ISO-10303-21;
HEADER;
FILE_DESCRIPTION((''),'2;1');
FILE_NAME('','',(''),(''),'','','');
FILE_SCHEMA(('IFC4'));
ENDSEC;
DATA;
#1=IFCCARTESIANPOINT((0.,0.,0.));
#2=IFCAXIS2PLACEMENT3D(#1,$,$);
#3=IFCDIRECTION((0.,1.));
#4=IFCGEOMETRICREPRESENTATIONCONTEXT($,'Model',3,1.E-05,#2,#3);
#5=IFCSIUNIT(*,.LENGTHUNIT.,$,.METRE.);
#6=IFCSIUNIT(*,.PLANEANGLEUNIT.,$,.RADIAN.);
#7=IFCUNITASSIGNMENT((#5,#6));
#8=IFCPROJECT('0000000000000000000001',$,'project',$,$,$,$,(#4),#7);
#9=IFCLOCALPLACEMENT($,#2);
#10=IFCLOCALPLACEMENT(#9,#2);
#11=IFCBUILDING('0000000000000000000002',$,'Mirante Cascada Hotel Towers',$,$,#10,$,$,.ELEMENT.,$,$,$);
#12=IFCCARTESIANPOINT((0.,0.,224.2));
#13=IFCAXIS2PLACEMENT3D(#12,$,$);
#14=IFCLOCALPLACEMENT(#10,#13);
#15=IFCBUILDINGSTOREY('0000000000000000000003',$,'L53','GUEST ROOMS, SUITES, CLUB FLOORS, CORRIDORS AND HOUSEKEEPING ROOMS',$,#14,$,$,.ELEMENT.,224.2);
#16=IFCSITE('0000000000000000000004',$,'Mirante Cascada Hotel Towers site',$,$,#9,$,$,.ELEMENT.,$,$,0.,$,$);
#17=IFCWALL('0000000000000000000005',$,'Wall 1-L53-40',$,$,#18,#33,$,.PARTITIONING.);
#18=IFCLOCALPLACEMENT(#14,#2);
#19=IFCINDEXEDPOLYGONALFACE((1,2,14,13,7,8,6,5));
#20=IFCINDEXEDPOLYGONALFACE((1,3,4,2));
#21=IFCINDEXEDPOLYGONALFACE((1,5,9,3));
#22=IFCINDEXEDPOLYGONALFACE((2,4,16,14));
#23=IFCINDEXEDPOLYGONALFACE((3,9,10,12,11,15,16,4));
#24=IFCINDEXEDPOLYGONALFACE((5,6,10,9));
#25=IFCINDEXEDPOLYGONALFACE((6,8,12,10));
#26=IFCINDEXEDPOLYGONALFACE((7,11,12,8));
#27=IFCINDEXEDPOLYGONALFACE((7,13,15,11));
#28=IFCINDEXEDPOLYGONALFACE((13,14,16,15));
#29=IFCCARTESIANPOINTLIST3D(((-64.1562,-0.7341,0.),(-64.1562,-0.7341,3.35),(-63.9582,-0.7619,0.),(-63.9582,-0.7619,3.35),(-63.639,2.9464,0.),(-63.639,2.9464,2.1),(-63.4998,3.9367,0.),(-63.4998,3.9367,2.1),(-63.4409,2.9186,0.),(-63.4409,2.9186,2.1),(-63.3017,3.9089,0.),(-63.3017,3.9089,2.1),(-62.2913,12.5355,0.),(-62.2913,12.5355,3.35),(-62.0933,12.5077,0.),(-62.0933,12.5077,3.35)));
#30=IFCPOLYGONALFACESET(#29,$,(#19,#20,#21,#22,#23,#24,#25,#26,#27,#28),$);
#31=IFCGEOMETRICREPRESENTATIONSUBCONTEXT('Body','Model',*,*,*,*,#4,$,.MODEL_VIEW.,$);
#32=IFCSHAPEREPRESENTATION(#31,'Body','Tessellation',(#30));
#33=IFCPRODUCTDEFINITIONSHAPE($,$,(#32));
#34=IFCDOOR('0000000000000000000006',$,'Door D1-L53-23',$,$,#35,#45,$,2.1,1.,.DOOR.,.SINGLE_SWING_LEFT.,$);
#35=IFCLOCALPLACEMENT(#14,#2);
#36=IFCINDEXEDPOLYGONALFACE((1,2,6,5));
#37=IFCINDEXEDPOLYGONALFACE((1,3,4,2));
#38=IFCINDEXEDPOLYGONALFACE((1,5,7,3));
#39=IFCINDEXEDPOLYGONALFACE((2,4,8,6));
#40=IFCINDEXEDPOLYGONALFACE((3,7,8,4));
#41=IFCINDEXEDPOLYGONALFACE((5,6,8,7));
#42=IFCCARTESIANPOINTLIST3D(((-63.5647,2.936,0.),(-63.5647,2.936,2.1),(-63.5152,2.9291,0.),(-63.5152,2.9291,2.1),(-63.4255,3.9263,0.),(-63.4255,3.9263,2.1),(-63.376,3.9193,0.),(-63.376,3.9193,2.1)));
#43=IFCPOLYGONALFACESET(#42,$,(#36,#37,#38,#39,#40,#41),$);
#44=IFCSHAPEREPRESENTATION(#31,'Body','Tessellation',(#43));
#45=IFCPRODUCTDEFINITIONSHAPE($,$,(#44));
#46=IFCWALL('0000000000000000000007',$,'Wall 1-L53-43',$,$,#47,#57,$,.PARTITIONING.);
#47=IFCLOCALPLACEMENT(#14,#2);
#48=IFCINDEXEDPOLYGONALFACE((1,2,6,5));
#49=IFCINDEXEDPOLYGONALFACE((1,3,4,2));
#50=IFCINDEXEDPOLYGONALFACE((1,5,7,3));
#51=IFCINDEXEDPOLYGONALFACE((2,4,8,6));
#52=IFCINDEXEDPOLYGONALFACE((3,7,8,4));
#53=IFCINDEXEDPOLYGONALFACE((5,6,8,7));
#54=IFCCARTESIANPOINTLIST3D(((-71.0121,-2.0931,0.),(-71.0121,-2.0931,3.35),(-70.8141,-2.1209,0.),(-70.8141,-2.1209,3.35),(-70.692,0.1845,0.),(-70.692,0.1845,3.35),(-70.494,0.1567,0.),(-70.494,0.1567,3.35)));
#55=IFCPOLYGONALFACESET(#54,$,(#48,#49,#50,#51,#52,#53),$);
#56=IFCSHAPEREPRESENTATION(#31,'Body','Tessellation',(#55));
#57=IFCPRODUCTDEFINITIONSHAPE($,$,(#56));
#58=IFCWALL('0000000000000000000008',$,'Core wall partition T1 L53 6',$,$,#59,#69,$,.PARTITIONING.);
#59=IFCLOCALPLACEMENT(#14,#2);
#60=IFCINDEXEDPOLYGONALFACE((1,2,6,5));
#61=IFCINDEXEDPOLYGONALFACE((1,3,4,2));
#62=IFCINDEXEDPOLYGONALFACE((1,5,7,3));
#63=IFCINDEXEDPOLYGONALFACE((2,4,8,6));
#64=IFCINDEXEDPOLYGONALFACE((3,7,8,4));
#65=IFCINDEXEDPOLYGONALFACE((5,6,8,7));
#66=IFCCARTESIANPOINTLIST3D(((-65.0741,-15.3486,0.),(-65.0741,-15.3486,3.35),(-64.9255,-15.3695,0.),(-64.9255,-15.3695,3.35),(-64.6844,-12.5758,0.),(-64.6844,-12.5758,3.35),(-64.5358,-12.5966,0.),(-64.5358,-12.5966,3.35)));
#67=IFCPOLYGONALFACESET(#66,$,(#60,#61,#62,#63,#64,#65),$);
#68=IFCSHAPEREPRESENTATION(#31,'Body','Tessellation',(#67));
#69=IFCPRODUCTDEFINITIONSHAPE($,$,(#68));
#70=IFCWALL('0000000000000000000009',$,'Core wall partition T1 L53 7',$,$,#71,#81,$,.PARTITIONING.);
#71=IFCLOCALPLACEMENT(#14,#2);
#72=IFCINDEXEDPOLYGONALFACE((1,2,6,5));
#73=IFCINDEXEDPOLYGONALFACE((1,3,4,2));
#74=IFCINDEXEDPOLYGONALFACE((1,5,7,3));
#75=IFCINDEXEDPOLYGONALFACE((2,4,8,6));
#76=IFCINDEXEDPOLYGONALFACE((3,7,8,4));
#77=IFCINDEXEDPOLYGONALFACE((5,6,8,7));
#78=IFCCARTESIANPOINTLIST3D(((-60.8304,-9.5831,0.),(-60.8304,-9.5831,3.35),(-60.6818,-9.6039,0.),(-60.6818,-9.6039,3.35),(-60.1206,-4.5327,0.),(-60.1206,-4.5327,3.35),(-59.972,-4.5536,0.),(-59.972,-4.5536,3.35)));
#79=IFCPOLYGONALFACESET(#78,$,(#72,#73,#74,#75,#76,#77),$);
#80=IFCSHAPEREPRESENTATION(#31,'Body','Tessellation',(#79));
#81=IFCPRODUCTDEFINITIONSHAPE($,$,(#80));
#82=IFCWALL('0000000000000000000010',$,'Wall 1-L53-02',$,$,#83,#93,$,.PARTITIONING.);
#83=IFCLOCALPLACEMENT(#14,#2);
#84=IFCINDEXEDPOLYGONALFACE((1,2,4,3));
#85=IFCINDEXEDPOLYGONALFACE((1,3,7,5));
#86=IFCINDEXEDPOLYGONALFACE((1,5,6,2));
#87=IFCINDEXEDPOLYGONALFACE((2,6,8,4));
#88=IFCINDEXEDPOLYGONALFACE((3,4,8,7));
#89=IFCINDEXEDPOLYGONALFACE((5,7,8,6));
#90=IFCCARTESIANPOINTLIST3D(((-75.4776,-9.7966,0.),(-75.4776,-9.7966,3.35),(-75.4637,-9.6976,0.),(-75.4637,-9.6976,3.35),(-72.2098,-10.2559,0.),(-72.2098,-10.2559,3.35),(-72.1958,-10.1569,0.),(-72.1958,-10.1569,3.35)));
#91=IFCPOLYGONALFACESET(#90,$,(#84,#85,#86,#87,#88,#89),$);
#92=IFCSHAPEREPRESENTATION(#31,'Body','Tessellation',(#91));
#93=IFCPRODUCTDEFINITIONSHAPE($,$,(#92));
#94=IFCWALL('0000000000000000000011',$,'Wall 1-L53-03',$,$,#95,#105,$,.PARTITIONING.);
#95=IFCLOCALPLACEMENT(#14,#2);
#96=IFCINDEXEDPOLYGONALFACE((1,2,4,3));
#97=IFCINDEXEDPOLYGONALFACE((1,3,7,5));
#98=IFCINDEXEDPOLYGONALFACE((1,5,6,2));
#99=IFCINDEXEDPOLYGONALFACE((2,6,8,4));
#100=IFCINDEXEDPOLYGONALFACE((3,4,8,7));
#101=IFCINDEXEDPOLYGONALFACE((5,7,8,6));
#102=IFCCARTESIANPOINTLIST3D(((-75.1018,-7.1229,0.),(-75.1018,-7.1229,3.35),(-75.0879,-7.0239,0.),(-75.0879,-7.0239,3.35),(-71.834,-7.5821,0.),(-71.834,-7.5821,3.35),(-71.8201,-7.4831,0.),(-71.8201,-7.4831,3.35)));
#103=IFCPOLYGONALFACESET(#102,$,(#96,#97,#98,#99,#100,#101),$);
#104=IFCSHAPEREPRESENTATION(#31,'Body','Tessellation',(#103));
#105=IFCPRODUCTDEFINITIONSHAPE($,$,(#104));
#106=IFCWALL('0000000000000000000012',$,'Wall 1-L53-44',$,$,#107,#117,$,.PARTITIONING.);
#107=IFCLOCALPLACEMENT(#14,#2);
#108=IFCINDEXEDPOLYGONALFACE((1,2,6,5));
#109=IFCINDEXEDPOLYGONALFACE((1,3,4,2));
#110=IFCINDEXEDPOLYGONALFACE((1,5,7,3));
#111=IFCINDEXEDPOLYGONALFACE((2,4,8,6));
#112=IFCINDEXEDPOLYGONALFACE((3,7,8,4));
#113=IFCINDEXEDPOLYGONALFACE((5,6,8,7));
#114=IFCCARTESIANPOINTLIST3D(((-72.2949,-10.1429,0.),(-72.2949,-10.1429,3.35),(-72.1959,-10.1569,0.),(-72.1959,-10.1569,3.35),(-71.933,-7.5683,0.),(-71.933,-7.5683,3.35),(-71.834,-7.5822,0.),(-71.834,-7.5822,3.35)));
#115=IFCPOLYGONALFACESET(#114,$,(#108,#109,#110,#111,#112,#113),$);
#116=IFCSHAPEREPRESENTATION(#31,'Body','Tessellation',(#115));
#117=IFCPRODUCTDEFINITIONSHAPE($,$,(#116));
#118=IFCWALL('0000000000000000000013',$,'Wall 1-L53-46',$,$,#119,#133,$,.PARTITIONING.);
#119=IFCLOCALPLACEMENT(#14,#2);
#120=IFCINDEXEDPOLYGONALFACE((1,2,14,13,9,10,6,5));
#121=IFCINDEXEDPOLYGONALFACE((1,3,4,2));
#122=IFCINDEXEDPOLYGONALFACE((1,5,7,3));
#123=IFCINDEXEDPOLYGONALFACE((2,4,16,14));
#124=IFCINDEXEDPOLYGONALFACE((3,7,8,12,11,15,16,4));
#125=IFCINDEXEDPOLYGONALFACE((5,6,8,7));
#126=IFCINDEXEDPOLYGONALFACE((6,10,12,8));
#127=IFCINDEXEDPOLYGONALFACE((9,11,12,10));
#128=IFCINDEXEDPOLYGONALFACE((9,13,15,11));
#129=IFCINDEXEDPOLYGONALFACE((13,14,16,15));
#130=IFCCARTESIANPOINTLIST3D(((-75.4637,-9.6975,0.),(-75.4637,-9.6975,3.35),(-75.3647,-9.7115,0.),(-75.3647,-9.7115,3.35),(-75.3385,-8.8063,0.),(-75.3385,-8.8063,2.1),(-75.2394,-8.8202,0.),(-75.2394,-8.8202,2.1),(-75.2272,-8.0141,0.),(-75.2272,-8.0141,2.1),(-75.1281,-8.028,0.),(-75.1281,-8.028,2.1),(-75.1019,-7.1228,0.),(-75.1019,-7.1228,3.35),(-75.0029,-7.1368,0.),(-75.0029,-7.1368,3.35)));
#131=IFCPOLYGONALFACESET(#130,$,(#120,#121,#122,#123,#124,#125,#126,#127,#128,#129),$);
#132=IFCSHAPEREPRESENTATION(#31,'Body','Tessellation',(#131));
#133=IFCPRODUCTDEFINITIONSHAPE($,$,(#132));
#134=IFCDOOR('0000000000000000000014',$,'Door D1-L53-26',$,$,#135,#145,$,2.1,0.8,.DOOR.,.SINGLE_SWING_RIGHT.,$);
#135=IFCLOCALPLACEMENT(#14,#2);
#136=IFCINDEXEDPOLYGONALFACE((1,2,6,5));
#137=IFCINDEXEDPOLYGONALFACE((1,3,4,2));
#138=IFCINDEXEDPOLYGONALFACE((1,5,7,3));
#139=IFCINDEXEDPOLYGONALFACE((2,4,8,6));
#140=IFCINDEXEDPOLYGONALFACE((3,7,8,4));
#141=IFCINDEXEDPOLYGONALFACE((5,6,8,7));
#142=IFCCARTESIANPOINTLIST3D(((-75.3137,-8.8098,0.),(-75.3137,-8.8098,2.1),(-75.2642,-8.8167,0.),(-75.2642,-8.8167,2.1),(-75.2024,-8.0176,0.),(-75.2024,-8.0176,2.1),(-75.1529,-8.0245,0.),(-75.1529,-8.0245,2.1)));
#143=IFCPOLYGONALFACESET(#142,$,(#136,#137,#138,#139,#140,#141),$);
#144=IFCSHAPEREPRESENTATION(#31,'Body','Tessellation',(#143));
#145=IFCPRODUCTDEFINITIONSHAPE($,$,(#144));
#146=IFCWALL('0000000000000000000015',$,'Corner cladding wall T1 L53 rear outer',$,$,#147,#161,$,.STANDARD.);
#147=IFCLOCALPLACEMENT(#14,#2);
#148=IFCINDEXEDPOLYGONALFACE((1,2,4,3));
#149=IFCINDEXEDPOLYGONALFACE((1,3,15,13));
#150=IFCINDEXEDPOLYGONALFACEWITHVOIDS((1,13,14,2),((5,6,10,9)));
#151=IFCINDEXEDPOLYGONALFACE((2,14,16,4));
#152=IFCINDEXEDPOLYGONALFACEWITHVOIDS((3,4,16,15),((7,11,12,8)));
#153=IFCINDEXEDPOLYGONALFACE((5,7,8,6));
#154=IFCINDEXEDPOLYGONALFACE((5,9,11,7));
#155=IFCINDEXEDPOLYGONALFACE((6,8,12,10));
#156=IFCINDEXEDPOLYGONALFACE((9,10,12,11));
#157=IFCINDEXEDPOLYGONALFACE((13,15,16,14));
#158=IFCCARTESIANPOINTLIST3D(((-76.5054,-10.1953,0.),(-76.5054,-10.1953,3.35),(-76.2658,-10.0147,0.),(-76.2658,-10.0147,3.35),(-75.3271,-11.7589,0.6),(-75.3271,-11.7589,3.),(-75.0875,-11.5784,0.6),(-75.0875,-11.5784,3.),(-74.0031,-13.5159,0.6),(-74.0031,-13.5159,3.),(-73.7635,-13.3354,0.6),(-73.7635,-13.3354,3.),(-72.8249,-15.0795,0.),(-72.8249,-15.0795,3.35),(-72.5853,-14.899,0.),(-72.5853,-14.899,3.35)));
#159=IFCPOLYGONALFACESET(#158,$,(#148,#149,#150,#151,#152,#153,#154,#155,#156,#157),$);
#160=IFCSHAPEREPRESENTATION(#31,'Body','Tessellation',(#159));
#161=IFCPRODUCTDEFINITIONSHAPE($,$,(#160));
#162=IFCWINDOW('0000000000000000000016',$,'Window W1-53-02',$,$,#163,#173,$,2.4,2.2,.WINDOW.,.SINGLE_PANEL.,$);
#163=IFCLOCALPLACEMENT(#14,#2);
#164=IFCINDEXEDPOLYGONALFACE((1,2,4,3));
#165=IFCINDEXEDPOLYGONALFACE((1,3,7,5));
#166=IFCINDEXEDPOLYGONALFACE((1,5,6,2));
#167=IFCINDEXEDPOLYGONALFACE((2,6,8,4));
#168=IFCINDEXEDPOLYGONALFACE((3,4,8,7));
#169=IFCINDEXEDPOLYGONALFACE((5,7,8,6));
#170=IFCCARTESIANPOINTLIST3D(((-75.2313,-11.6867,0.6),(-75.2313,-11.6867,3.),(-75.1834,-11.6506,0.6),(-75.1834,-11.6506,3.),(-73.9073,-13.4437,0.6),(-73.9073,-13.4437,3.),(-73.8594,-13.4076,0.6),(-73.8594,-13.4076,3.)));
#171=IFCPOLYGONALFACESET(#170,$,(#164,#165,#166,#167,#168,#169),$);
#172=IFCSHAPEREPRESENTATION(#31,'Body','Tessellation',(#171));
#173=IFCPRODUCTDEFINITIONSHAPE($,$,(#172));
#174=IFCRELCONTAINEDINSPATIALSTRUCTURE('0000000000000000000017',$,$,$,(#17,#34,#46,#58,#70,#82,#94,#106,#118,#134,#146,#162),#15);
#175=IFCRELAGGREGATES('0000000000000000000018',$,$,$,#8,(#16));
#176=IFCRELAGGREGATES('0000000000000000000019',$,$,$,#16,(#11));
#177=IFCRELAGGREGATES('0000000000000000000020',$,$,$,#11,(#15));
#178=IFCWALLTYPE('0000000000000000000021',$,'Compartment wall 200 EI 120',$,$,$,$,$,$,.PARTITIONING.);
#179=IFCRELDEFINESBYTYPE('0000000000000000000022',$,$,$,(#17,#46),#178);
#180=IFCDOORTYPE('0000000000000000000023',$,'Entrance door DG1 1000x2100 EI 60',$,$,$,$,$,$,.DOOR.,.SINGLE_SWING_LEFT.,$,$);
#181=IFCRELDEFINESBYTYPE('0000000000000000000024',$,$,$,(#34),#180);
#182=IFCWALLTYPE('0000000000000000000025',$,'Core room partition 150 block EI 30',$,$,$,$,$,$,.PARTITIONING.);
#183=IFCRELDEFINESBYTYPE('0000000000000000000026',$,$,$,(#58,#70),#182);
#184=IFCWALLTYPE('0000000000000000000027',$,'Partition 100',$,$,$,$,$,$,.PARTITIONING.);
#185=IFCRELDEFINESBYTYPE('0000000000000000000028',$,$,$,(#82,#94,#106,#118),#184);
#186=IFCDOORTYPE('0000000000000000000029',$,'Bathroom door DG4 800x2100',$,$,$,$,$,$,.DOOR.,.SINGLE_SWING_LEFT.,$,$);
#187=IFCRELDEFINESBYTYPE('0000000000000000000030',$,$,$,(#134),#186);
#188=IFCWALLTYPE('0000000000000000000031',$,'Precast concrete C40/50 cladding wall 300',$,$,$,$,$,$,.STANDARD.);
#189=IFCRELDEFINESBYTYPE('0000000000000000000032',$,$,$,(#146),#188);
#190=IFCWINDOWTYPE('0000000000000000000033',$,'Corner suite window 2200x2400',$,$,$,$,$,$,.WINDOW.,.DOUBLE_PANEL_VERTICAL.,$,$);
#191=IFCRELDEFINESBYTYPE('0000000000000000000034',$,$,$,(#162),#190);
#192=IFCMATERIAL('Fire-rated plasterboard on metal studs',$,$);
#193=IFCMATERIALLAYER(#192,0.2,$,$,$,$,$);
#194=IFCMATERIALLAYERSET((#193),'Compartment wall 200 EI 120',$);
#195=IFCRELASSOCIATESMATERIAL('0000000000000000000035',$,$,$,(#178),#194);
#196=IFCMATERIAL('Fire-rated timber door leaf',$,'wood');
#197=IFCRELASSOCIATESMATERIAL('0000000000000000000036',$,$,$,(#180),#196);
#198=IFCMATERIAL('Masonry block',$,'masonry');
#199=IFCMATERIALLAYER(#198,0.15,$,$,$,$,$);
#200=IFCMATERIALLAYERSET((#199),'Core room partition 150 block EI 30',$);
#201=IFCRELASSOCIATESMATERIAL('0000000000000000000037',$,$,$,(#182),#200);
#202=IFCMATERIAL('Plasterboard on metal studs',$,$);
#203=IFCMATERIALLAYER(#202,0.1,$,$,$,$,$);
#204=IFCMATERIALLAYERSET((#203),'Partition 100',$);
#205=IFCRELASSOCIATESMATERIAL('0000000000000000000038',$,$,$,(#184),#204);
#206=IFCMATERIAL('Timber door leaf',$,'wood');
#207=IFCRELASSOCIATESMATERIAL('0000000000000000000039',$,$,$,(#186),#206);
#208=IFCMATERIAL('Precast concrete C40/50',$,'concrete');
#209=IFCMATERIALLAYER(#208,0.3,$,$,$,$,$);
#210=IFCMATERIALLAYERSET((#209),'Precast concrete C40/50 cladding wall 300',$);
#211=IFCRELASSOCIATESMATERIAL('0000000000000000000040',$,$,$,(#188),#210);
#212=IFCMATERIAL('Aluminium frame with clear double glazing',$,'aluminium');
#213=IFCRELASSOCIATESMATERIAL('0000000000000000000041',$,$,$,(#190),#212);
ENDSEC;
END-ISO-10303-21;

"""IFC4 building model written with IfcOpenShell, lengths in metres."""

from ifc_helpers import new_model, si_unit, direction, frame, frame_2d, origin, place, context, subcontext, project, spatial, rectangle, extrude, material, layer, layer_set, type_object, element, fill, save


model = new_model("IFC4")

# Units and contexts
model_context = context("Model", 3, precision=1e-05, world=origin(), true_north=direction((0.0, 1.0)))
body_context = subcontext(model_context, "Body", "Model", "MODEL_VIEW")
ifc_project = project(units=[si_unit("LENGTHUNIT", "METRE"), si_unit("PLANEANGLEUNIT", "RADIAN")], contexts=[model_context])

# Site, building, storey
site_placement = place(None, origin())
site = spatial("IfcSite", under=ifc_project, at=site_placement, Name="Mirante Cascada Hotel Towers site", CompositionType="ELEMENT", RefElevation=0.0)
building_placement = place(site_placement, origin())
building = spatial("IfcBuilding", under=site, at=building_placement, Name="Mirante Cascada Hotel Towers", CompositionType="ELEMENT")
storey_placement = place(building_placement, frame((0.0, 0.0, 224.2)))
storey = spatial("IfcBuildingStorey", under=building, at=storey_placement, Name="L53", Description="GUEST ROOMS, SUITES, CLUB FLOORS, CORRIDORS AND HOUSEKEEPING ROOMS", CompositionType="ELEMENT", Elevation=224.2)

# Shared definitions
ifc_material_1 = material(Name="Fire-rated plasterboard on metal studs")
ifc_layer_1 = layer(ifc_material_1, 0.2)
ifc_layer_set_1 = layer_set([ifc_layer_1], Name="Compartment wall 200 EI 120")
wall_type_1 = type_object("IfcWallType", Name="Compartment wall 200 EI 120", PredefinedType="PARTITIONING", material=ifc_layer_set_1)

# Wall, opening, door
wall_1_placement = place(storey_placement, frame((-64.0572, -0.748, 0.0), z_axis=(0.0, 0.0, 1.0), x_axis=(0.139172, 0.990268, 0.0)))
wall_1 = element("IfcWall", 1, at=wall_1_placement, inside=storey, type_object=wall_type_1, Name="Wall 1-L53-40", PredefinedType="PARTITIONING", context=body_context, shape_type="SweptSolid", body=[
    extrude(rectangle(XDim=13.4, YDim=0.2, at=frame_2d((6.7, 0.0))), origin(), (0.0, 0.0, 1.0), 3.35),
])
opening_1_placement = place(wall_1_placement, frame((3.7167, 0.0, 0.0)))
opening_1 = element("IfcOpeningElement", 2, at=opening_1_placement, cuts=wall_1, PredefinedType="OPENING", context=body_context, shape_type="SweptSolid", body=[
    extrude(rectangle(XDim=1.0, YDim=2.1, at=frame_2d((0.5, 1.05))), frame((0.0, 0.1, 0.0), z_axis=(0.0, -1.0, 0.0), x_axis=(1.0, 0.0, 0.0)), (0.0, 0.0, 1.0), 0.2),
])
ifc_material_2 = material(Name="Fire-rated timber door leaf", Category="wood")
door_type_1 = type_object("IfcDoorType", Name="Entrance door DG1 1000x2100 EI 60", OperationType="SINGLE_SWING_LEFT", PredefinedType="DOOR", material=ifc_material_2)
door_1_placement = place(opening_1_placement, origin())
door_1 = element("IfcDoor", 3, at=door_1_placement, inside=storey, type_object=door_type_1, Name="Door D1-L53-23", OperationType="SINGLE_SWING_LEFT", OverallHeight=2.1, OverallWidth=1.0, PredefinedType="DOOR", context=body_context, shape_type="SweptSolid", body=[
    extrude(rectangle(XDim=1.0, YDim=2.1, at=frame_2d((0.5, 1.05))), frame((0.0, 0.025, 0.0), z_axis=(0.0, -1.0, 0.0), x_axis=(1.0, 0.0, 0.0)), (0.0, 0.0, 1.0), 0.05),
])
fill(opening_1, door_1)

# Walls
wall_2_placement = place(storey_placement, frame((-70.593, 0.1706, 0.0), z_axis=(0.0, 0.0, 1.0), x_axis=(-0.139175, -0.990268, 0.0)))
element("IfcWall", 4, at=wall_2_placement, inside=storey, type_object=wall_type_1, Name="Wall 1-L53-43", PredefinedType="PARTITIONING", context=body_context, shape_type="SweptSolid", body=[
    extrude(rectangle(XDim=2.3, YDim=0.2, at=frame_2d((1.15, 0.0))), origin(), (0.0, 0.0, 1.0), 3.35),
])
ifc_material_3 = material(Name="Masonry block", Category="masonry")
ifc_layer_2 = layer(ifc_material_3, 0.15)
ifc_layer_set_2 = layer_set([ifc_layer_2], Name="Core room partition 150 block EI 30")
wall_type_2 = type_object("IfcWallType", Name="Core room partition 150 block EI 30", PredefinedType="PARTITIONING", material=ifc_layer_set_2)
wall_3_placement = place(storey_placement, frame((-64.9998, -15.359, 0.0), z_axis=(0.0, 0.0, 1.0), x_axis=(0.139176, 0.990268, 0.0)))
element("IfcWall", 5, at=wall_3_placement, inside=storey, type_object=wall_type_2, Name="Core wall partition T1 L53 6", PredefinedType="PARTITIONING", context=body_context, shape_type="SweptSolid", body=[
    extrude(rectangle(XDim=2.8001, YDim=0.15, at=frame_2d((1.4, 0.0))), origin(), (0.0, 0.0, 1.0), 3.35),
])
wall_4_placement = place(storey_placement, frame((-60.7561, -9.5935, 0.0), z_axis=(0.0, 0.0, 1.0), x_axis=(0.139176, 0.990268, 0.0)))
element("IfcWall", 6, at=wall_4_placement, inside=storey, type_object=wall_type_2, Name="Core wall partition T1 L53 7", PredefinedType="PARTITIONING", context=body_context, shape_type="SweptSolid", body=[
    extrude(rectangle(XDim=5.1, YDim=0.15, at=frame_2d((2.55, 0.0))), origin(), (0.0, 0.0, 1.0), 3.35),
])
ifc_material_4 = material(Name="Plasterboard on metal studs")
ifc_layer_3 = layer(ifc_material_4, 0.1)
ifc_layer_set_3 = layer_set([ifc_layer_3], Name="Partition 100")
wall_type_3 = type_object("IfcWallType", Name="Partition 100", PredefinedType="PARTITIONING", material=ifc_layer_set_3)
wall_5_placement = place(storey_placement, frame((-72.2028, -10.2064, 0.0), z_axis=(0.0, 0.0, 1.0), x_axis=(-0.990267, 0.139181, 0.0)))
element("IfcWall", 7, at=wall_5_placement, inside=storey, type_object=wall_type_3, Name="Wall 1-L53-02", PredefinedType="PARTITIONING", context=body_context, shape_type="SweptSolid", body=[
    extrude(rectangle(XDim=3.3, YDim=0.1, at=frame_2d((1.65, 0.0))), origin(), (0.0, 0.0, 1.0), 3.35),
])
wall_6_placement = place(storey_placement, frame((-75.0949, -7.0734, 0.0), z_axis=(0.0, 0.0, 1.0), x_axis=(0.990271, -0.139155, 0.0)))
element("IfcWall", 8, at=wall_6_placement, inside=storey, type_object=wall_type_3, Name="Wall 1-L53-03", PredefinedType="PARTITIONING", context=body_context, shape_type="SweptSolid", body=[
    extrude(rectangle(XDim=3.2999, YDim=0.1, at=frame_2d((1.65, 0.0))), origin(), (0.0, 0.0, 1.0), 3.35),
])
wall_7_placement = place(storey_placement, frame((-72.2454, -10.1499, 0.0), z_axis=(0.0, 0.0, 1.0), x_axis=(0.139192, 0.990265, 0.0)))
element("IfcWall", 9, at=wall_7_placement, inside=storey, type_object=wall_type_3, Name="Wall 1-L53-44", PredefinedType="PARTITIONING", context=body_context, shape_type="SweptSolid", body=[
    extrude(rectangle(XDim=2.6, YDim=0.1, at=frame_2d((1.3, 0.0))), origin(), (0.0, 0.0, 1.0), 3.35),
])

# Wall, opening, door
wall_8_placement = place(storey_placement, frame((-75.4142, -9.7045, 0.0), z_axis=(0.0, 0.0, 1.0), x_axis=(0.139154, 0.990271, 0.0)))
wall_8 = element("IfcWall", 10, at=wall_8_placement, inside=storey, type_object=wall_type_3, Name="Wall 1-L53-46", PredefinedType="PARTITIONING", context=body_context, shape_type="SweptSolid", body=[
    extrude(rectangle(XDim=2.6, YDim=0.1, at=frame_2d((1.3, 0.0))), origin(), (0.0, 0.0, 1.0), 3.35),
])
opening_2_placement = place(wall_8_placement, frame((0.9, 0.0, 0.0)))
opening_2 = element("IfcOpeningElement", 11, at=opening_2_placement, cuts=wall_8, PredefinedType="OPENING", context=body_context, shape_type="SweptSolid", body=[
    extrude(rectangle(XDim=0.8, YDim=2.1, at=frame_2d((0.4, 1.05))), frame((0.0, 0.05, 0.0), z_axis=(0.0, -1.0, 0.0), x_axis=(1.0, 0.0, 0.0)), (0.0, 0.0, 1.0), 0.1),
])
ifc_material_5 = material(Name="Timber door leaf", Category="wood")
door_type_2 = type_object("IfcDoorType", Name="Bathroom door DG4 800x2100", OperationType="SINGLE_SWING_LEFT", PredefinedType="DOOR", material=ifc_material_5)
door_2_placement = place(opening_2_placement, frame((0.8, 0.0, 0.0), z_axis=(0.0, 0.0, 1.0), x_axis=(-1.0, 0.0, 0.0)))
door_2 = element("IfcDoor", 12, at=door_2_placement, inside=storey, type_object=door_type_2, Name="Door D1-L53-26", OperationType="SINGLE_SWING_RIGHT", OverallHeight=2.1, OverallWidth=0.8, PredefinedType="DOOR", context=body_context, shape_type="SweptSolid", body=[
    extrude(rectangle(XDim=0.8, YDim=2.1, at=frame_2d((0.4, 1.05))), frame((0.0, 0.025, 0.0), z_axis=(0.0, -1.0, 0.0), x_axis=(1.0, 0.0, 0.0)), (0.0, 0.0, 1.0), 0.05),
])
fill(opening_2, door_2)

# Wall, opening, window
ifc_material_6 = material(Name="Precast concrete C40/50", Category="concrete")
ifc_layer_4 = layer(ifc_material_6, 0.3)
ifc_layer_set_4 = layer_set([ifc_layer_4], Name="Precast concrete C40/50 cladding wall 300")
wall_type_4 = type_object("IfcWallType", Name="Precast concrete C40/50 cladding wall 300", PredefinedType="STANDARD", material=ifc_layer_set_4)
wall_9_placement = place(storey_placement, frame((-72.7051, -14.9892, 0.0), z_axis=(0.0, 0.0, 1.0), x_axis=(-0.601814, 0.798636, 0.0)))
wall_9 = element("IfcWall", 13, at=wall_9_placement, inside=storey, type_object=wall_type_4, Name="Corner cladding wall T1 L53 rear outer", PredefinedType="STANDARD", context=body_context, shape_type="SweptSolid", body=[
    extrude(rectangle(XDim=6.1157, YDim=0.3, at=frame_2d((3.0578, 0.0))), origin(), (0.0, 0.0, 1.0), 3.35),
])
opening_3_placement = place(wall_9_placement, frame((1.9578, 0.0, 0.6)))
opening_3 = element("IfcOpeningElement", 14, at=opening_3_placement, cuts=wall_9, PredefinedType="OPENING", context=body_context, shape_type="SweptSolid", body=[
    extrude(rectangle(XDim=2.2, YDim=2.4, at=frame_2d((1.1, 1.2))), frame((0.0, 0.15, 0.0), z_axis=(0.0, -1.0, 0.0), x_axis=(1.0, 0.0, 0.0)), (0.0, 0.0, 1.0), 0.3),
])
ifc_material_7 = material(Name="Aluminium frame with clear double glazing", Category="aluminium")
window_type = type_object("IfcWindowType", Name="Corner suite window 2200x2400", PartitioningType="DOUBLE_PANEL_VERTICAL", PredefinedType="WINDOW", material=ifc_material_7)
window_placement = place(opening_3_placement, origin())
window = element("IfcWindow", 15, at=window_placement, inside=storey, type_object=window_type, Name="Window W1-53-02", OverallHeight=2.4, OverallWidth=2.2, PartitioningType="SINGLE_PANEL", PredefinedType="WINDOW", context=body_context, shape_type="SweptSolid", body=[
    extrude(rectangle(XDim=2.2, YDim=2.4, at=frame_2d((1.1, 1.2))), frame((0.0, 0.03, 0.0), z_axis=(0.0, -1.0, 0.0), x_axis=(1.0, 0.0, 0.0)), (0.0, 0.0, 1.0), 0.06),
])
fill(opening_3, window)

save(model, "model.ifc")
